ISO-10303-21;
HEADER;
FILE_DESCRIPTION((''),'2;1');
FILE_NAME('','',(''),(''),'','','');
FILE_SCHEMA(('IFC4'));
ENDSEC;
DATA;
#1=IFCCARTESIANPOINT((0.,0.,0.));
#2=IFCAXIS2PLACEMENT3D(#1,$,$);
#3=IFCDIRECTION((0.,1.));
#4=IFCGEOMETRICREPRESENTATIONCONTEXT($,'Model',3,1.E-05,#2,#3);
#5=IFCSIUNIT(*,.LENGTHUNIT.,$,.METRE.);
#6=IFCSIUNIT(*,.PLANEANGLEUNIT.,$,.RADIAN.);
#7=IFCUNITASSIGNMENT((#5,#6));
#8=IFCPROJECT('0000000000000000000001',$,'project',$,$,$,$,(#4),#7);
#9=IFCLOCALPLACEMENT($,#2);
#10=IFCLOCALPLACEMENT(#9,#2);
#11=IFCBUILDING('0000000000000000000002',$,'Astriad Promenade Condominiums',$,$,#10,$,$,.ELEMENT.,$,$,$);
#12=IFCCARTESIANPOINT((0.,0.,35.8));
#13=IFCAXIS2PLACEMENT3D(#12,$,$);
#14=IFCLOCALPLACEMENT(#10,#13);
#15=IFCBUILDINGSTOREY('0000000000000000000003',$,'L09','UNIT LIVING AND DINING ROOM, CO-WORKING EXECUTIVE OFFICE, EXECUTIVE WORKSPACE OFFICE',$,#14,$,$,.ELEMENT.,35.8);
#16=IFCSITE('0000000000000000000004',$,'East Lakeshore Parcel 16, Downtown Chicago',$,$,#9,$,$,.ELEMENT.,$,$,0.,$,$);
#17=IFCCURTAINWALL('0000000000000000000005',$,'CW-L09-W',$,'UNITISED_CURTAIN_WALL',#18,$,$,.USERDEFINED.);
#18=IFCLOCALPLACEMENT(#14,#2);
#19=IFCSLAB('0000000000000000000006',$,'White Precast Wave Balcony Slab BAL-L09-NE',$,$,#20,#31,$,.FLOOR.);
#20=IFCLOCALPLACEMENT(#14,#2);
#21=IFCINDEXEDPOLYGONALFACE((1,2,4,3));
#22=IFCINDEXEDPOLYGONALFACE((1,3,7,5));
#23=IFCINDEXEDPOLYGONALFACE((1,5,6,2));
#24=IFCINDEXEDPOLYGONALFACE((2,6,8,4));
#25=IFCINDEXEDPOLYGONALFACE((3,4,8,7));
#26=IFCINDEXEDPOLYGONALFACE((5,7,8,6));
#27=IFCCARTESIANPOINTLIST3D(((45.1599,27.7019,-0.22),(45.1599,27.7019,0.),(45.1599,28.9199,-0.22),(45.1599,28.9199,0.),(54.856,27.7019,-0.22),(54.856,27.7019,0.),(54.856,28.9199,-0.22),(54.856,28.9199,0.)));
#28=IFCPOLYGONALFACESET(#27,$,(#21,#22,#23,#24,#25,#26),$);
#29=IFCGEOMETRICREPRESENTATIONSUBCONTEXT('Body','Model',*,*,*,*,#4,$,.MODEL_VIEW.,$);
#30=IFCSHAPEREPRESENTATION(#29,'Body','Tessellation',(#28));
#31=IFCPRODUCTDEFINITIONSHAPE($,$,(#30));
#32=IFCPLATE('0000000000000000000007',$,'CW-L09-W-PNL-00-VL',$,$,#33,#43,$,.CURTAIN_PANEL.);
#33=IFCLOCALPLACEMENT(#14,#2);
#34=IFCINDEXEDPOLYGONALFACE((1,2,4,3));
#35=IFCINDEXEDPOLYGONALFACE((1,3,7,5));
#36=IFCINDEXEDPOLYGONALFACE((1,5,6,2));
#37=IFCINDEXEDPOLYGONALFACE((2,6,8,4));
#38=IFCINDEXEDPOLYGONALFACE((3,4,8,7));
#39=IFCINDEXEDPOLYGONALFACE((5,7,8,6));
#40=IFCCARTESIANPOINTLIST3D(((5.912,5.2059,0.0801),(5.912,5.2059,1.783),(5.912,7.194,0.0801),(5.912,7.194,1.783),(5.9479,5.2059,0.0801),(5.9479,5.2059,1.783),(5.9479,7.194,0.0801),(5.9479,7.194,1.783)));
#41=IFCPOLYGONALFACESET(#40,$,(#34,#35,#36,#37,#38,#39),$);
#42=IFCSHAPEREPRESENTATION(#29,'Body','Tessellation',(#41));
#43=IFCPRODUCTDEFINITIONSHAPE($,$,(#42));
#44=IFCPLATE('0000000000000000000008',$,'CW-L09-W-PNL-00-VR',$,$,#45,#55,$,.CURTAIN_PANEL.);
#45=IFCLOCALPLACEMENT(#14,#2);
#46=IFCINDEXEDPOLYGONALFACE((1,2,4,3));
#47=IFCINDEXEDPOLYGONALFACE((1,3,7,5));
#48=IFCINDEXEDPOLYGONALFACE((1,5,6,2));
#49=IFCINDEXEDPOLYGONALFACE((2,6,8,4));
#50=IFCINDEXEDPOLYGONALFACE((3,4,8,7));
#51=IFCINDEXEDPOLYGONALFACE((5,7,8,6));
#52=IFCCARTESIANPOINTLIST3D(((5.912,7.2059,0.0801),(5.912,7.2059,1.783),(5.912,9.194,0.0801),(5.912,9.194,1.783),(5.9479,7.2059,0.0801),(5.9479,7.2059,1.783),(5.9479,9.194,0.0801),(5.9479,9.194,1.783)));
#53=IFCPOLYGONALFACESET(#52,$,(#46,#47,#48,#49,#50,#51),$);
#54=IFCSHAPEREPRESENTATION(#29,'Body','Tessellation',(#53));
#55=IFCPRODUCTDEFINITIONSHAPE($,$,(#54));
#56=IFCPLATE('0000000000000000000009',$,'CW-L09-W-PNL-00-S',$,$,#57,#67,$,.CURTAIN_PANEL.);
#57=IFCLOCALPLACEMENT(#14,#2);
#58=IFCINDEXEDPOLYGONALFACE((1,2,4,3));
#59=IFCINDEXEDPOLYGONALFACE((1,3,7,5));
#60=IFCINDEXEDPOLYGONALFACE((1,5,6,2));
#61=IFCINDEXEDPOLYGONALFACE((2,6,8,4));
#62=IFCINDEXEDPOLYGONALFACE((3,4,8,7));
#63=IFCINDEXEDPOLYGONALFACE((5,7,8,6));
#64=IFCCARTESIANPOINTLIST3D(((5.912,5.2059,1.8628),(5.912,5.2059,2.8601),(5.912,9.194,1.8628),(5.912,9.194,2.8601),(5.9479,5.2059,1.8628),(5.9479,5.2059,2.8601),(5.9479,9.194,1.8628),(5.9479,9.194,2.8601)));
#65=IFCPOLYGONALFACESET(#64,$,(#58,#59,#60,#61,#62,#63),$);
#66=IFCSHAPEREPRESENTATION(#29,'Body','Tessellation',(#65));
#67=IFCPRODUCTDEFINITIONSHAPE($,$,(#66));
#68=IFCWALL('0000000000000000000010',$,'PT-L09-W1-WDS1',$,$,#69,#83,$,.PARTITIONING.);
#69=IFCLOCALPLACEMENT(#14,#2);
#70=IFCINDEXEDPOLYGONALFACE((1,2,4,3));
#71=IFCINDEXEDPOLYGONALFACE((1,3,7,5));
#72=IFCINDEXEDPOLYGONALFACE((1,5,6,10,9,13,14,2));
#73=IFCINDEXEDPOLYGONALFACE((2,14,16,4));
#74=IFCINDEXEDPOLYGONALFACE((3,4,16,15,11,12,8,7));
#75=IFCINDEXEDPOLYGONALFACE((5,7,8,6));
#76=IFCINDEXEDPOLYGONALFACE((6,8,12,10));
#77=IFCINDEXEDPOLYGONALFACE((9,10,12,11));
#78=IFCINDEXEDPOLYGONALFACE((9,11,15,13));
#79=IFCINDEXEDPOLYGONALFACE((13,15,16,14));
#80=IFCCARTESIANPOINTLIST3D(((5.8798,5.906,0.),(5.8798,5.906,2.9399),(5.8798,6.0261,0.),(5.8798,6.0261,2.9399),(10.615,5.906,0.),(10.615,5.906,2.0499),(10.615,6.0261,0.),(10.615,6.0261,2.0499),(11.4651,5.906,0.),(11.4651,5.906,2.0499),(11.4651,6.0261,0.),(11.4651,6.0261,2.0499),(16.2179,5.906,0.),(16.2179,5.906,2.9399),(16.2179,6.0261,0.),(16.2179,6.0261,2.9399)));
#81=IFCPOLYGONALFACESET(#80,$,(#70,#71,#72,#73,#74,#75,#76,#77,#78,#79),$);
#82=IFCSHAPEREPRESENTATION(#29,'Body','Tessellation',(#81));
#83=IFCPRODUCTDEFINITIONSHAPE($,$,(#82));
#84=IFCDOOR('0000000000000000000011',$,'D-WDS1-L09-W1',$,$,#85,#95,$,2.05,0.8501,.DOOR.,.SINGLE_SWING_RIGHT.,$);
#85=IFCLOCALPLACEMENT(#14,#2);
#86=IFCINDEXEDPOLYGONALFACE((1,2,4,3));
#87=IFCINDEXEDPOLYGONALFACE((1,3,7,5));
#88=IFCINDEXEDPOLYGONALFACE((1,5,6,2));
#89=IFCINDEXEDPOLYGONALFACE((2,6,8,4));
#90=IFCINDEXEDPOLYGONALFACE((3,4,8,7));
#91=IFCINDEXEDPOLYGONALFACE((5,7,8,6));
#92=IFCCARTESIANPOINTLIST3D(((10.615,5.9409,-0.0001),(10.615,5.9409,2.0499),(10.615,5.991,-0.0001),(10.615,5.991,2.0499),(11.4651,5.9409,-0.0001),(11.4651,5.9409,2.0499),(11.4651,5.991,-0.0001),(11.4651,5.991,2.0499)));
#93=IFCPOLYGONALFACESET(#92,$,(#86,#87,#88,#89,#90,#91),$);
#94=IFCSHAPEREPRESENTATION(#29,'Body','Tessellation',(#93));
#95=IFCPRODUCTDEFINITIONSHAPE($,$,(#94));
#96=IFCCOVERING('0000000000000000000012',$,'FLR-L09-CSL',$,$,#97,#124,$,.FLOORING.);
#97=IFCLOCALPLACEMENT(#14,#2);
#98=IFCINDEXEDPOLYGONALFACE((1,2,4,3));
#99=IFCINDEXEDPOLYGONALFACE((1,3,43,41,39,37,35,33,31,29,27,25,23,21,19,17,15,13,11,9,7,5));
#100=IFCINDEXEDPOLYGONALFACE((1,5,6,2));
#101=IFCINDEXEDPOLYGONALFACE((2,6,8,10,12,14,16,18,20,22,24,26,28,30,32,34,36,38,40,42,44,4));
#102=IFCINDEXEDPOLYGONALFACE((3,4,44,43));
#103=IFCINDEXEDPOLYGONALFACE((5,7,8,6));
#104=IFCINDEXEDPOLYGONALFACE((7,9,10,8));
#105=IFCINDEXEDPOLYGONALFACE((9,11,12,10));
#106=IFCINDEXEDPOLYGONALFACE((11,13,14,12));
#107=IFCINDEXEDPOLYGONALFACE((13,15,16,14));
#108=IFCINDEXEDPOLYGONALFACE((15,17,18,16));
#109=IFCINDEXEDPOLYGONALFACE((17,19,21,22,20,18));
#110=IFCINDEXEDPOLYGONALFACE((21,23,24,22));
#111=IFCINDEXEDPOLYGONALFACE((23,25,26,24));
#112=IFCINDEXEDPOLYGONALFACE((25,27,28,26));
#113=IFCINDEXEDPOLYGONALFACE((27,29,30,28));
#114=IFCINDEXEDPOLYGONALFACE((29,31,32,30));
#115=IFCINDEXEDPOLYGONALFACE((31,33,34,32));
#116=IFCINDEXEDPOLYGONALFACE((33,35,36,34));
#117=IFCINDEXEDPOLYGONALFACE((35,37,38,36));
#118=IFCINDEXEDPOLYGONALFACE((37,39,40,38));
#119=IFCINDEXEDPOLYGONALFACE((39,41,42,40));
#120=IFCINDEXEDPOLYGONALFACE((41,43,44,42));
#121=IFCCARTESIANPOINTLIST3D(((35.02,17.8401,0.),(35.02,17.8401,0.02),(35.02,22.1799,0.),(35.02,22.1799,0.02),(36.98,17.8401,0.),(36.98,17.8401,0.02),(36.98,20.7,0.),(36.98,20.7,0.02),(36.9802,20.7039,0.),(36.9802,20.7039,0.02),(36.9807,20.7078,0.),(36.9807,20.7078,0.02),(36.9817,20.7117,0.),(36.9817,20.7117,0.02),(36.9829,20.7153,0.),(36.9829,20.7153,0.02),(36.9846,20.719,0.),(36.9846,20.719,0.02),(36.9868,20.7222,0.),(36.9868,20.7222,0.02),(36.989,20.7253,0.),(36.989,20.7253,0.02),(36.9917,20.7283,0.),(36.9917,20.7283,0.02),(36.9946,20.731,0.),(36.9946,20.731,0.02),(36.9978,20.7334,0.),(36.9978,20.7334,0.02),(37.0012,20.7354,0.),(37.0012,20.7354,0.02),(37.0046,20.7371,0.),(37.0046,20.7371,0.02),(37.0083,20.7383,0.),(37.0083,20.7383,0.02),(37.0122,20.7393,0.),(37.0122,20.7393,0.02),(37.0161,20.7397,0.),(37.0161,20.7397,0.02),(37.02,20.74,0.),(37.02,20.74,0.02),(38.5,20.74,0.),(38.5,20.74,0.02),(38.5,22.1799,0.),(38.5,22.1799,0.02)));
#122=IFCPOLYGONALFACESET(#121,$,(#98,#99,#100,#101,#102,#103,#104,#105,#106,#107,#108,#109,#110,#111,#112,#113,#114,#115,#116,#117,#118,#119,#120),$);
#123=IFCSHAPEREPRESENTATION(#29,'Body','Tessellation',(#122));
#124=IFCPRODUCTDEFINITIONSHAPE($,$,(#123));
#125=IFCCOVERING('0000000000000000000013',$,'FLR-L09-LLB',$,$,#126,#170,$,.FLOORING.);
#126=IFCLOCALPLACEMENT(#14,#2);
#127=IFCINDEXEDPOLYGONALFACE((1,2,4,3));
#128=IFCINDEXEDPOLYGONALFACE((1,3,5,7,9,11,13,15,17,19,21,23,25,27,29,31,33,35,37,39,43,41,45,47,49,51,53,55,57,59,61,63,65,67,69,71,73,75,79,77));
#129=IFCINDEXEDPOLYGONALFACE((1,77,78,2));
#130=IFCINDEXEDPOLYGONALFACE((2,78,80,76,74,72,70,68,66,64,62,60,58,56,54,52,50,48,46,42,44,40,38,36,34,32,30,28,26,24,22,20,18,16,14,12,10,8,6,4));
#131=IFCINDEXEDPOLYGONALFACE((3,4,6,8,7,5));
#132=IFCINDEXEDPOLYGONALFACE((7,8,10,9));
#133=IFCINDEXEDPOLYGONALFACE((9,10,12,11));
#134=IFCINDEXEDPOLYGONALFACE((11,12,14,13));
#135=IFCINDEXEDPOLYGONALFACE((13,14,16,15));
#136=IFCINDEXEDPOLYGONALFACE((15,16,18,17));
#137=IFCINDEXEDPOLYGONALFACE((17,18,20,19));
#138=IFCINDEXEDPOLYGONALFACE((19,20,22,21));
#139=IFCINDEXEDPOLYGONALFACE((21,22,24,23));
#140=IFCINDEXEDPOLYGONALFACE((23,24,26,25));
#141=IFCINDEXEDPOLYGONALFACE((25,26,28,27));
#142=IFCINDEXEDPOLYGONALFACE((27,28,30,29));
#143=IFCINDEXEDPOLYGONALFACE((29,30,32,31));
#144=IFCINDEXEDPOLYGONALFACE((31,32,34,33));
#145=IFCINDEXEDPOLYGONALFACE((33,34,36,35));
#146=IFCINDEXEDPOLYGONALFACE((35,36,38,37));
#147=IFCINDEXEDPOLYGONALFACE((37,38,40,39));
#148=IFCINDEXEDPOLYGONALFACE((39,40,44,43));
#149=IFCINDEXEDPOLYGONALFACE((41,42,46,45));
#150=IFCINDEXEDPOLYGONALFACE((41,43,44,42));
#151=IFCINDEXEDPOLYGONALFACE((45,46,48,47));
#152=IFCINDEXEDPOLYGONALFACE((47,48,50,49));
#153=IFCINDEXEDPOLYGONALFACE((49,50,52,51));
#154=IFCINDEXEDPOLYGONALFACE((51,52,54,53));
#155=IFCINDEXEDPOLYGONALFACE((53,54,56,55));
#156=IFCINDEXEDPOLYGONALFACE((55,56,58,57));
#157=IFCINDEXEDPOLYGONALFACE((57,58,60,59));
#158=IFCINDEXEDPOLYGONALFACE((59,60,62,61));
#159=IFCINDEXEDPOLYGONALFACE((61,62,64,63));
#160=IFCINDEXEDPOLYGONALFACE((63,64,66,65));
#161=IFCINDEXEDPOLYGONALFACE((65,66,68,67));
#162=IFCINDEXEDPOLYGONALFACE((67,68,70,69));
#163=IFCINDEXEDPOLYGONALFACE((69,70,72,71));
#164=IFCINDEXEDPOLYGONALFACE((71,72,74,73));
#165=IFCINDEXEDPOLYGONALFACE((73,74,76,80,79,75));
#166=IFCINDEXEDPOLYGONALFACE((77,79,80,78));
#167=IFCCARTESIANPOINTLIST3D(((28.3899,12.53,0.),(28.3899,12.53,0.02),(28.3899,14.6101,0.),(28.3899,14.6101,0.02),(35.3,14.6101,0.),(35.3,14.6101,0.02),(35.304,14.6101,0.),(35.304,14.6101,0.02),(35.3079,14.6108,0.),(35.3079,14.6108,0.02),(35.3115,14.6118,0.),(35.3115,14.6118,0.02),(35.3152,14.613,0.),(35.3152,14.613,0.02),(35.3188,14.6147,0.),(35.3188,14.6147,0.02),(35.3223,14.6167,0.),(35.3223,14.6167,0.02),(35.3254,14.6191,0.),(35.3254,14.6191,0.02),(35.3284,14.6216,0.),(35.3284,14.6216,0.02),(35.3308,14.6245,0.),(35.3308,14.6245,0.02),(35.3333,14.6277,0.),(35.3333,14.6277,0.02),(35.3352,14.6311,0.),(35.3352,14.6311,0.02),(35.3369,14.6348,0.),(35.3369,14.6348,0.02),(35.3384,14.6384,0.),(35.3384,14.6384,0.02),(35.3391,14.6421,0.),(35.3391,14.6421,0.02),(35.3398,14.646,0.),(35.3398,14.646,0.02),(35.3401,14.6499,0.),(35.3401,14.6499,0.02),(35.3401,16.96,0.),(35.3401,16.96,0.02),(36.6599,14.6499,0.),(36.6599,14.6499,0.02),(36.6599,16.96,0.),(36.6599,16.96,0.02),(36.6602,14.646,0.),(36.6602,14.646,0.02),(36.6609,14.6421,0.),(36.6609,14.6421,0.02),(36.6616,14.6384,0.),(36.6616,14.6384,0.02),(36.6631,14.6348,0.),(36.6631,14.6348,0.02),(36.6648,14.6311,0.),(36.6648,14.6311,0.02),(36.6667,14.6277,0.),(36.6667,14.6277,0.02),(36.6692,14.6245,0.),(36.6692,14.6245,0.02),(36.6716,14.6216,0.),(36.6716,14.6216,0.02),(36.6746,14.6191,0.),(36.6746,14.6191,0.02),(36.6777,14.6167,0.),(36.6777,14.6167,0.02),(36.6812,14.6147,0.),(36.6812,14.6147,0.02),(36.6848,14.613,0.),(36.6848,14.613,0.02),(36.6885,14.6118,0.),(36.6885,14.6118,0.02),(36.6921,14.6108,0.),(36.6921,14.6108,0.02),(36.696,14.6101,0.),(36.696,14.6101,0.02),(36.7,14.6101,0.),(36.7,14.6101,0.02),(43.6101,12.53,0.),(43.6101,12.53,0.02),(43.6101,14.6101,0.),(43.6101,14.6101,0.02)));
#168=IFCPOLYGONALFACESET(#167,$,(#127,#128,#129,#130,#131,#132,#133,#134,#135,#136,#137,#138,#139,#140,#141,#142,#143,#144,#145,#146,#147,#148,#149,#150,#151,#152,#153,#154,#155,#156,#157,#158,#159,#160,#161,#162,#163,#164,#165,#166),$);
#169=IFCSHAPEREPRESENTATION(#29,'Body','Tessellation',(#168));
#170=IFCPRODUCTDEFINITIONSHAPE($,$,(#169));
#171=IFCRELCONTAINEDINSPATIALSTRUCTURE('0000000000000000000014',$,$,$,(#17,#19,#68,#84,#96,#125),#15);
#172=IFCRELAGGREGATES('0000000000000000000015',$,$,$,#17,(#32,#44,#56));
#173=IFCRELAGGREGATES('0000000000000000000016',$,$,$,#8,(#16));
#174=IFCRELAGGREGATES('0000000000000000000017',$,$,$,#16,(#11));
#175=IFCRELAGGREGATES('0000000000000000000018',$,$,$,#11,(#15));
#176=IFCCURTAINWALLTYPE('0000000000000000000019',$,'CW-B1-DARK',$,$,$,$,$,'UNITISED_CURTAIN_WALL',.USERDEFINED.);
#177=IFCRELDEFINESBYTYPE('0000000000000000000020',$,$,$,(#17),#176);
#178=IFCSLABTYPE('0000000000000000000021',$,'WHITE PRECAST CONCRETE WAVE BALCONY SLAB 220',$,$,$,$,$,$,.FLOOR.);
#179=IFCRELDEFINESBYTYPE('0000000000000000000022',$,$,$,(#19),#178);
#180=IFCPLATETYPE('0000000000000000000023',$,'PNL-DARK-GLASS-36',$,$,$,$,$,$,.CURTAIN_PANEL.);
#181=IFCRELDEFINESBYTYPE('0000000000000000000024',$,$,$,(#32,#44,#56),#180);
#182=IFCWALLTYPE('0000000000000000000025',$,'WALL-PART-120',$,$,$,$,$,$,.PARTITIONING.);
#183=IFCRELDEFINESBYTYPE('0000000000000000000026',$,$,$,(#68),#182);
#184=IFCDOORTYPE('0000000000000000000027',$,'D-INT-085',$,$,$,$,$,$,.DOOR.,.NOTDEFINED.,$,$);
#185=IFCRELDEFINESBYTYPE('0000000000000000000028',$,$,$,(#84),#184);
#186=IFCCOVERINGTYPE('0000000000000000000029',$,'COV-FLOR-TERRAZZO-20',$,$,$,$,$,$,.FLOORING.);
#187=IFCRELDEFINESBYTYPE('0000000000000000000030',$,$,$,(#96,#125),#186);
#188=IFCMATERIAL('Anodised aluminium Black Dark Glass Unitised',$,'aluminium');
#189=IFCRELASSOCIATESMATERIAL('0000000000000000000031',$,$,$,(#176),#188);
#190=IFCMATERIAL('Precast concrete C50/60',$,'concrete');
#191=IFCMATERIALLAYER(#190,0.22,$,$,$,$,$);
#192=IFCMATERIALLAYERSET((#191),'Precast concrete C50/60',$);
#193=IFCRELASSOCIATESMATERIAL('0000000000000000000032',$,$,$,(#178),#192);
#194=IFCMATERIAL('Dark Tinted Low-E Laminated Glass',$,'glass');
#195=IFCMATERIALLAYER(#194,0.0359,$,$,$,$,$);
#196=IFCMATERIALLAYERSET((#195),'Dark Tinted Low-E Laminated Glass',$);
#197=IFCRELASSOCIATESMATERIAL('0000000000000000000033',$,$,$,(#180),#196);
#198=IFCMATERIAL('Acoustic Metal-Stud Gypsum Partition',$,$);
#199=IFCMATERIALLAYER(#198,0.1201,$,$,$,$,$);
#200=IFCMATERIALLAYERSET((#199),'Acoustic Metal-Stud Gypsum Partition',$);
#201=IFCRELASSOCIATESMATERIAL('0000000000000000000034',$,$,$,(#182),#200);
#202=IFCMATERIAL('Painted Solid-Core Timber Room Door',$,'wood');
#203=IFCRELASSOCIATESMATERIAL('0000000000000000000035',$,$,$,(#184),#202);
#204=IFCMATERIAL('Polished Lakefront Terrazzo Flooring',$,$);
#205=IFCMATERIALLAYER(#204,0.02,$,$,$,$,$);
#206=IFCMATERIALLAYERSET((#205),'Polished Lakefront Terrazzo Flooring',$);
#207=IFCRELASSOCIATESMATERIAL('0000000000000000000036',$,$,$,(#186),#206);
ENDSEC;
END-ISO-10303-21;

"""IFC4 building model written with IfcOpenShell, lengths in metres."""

from ifc_helpers import new_model, si_unit, direction, frame, frame_2d, origin, origin_2d, place, context, subcontext, project, spatial, polyline, rectangle, outline, extrude, source, transform, mapped, material, layer, layer_set, type_object, type_shapes, element, fill, aggregate, save


model = new_model("IFC4")

# Units and contexts
model_context = context("Model", 3, precision=1e-05, world=origin(), true_north=direction((0.0, 1.0)))
body_context = subcontext(model_context, "Body", "Model", "MODEL_VIEW")
ifc_project = project(units=[si_unit("LENGTHUNIT", "METRE"), si_unit("PLANEANGLEUNIT", "RADIAN")], contexts=[model_context])

# Site, building, storey
site_placement = place(None, origin())
site = spatial("IfcSite", under=ifc_project, at=site_placement, Name="East Lakeshore Parcel 16, Downtown Chicago", CompositionType="ELEMENT", RefElevation=0.0)
building_placement = place(site_placement, origin())
building = spatial("IfcBuilding", under=site, at=building_placement, Name="Astriad Promenade Condominiums", CompositionType="ELEMENT")
storey_placement = place(building_placement, frame((0.0, 0.0, 35.8)))
storey = spatial("IfcBuildingStorey", under=building, at=storey_placement, Name="L09", Description="UNIT LIVING AND DINING ROOM, CO-WORKING EXECUTIVE OFFICE, EXECUTIVE WORKSPACE OFFICE", CompositionType="ELEMENT", Elevation=35.8)

# Curtain wall
ifc_material_1 = material(Name="Anodised aluminium Black Dark Glass Unitised", Category="aluminium")
curtain_wall_type = type_object("IfcCurtainWallType", Name="CW-B1-DARK", ElementType="UNITISED_CURTAIN_WALL", PredefinedType="USERDEFINED", material=ifc_material_1)
curtain_wall_placement = place(storey_placement, origin())
curtain_wall = element("IfcCurtainWall", 1, at=curtain_wall_placement, inside=storey, type_object=curtain_wall_type, Name="CW-L09-W", ObjectType="UNITISED_CURTAIN_WALL", PredefinedType="USERDEFINED")

# Slab
ifc_material_2 = material(Name="Precast concrete C50/60", Category="concrete")
ifc_layer_1 = layer(ifc_material_2, 0.22)
ifc_layer_set_1 = layer_set([ifc_layer_1], Name="Precast concrete C50/60")
slab_type_1 = type_object("IfcSlabType", Name="WHITE PRECAST CONCRETE WAVE BALCONY SLAB 220", PredefinedType="FLOOR", material=ifc_layer_set_1)
slab_1_placement = place(storey_placement, frame((0.0, 0.0, -0.22)))
element("IfcSlab", 2, at=slab_1_placement, inside=storey, type_object=slab_type_1, Name="White Precast Wave Balcony Slab BAL-L09-NE", PredefinedType="FLOOR", context=body_context, shape_type="SweptSolid", body=[
    extrude(outline(polyline([(45.1599, 28.9199), (54.856, 28.9199), (54.856, 27.7019), (45.1599, 27.7019), (45.1599, 28.9199)])), origin(), (0.0, 0.0, 1.0), 0.22),
])

# Plates
ifc_material_3 = material(Name="Dark Tinted Low-E Laminated Glass", Category="glass")
ifc_layer_2 = layer(ifc_material_3, 0.0359)
ifc_layer_set_2 = layer_set([ifc_layer_2], Name="Dark Tinted Low-E Laminated Glass")
plate_type = type_object("IfcPlateType", Name="PNL-DARK-GLASS-36", PredefinedType="CURTAIN_PANEL", material=ifc_layer_set_2)
shared_shape_1 = source(origin(), body_context, "Body", "SweptSolid", [
    extrude(rectangle(XDim=1.988, YDim=0.0359, at=origin_2d()), origin(), (0.0, 0.0, 1.0), 1.7029),
])
plate_1_placement = place(storey_placement, frame((5.9299, 6.2, 0.0801), z_axis=(0.0, 0.0, 1.0), x_axis=(0.0, 1.0, 0.0)))
plate_1 = element("IfcPlate", 3, at=plate_1_placement, type_object=plate_type, Name="CW-L09-W-PNL-00-VL", PredefinedType="CURTAIN_PANEL", context=body_context, shape_type="MappedRepresentation", body=[
    mapped(shared_shape_1, transform((0.0, 0.0, 0.0), scale=1.0)),
])
plate_2_placement = place(storey_placement, frame((5.9299, 8.2, 0.0801), z_axis=(0.0, 0.0, 1.0), x_axis=(0.0, 1.0, 0.0)))
plate_2 = element("IfcPlate", 4, at=plate_2_placement, type_object=plate_type, Name="CW-L09-W-PNL-00-VR", PredefinedType="CURTAIN_PANEL", context=body_context, shape_type="MappedRepresentation", body=[
    mapped(shared_shape_1, transform((0.0, 0.0, 0.0), scale=1.0)),
])
shared_shape_2 = source(origin(), body_context, "Body", "SweptSolid", [
    extrude(rectangle(XDim=3.988, YDim=0.0359, at=origin_2d()), origin(), (0.0, 0.0, 1.0), 0.9973),
])
type_shapes(plate_type, [shared_shape_1, shared_shape_2])
plate_3_placement = place(storey_placement, frame((5.9299, 7.2, 1.8628), z_axis=(0.0, 0.0, 1.0), x_axis=(0.0, 1.0, 0.0)))
plate_3 = element("IfcPlate", 5, at=plate_3_placement, type_object=plate_type, Name="CW-L09-W-PNL-00-S", PredefinedType="CURTAIN_PANEL", context=body_context, shape_type="MappedRepresentation", body=[
    mapped(shared_shape_2, transform((0.0, 0.0, 0.0), scale=1.0)),
])
aggregate(curtain_wall, [plate_1, plate_2, plate_3])

# Wall, opening, door
ifc_material_4 = material(Name="Acoustic Metal-Stud Gypsum Partition")
ifc_layer_3 = layer(ifc_material_4, 0.1201)
ifc_layer_set_3 = layer_set([ifc_layer_3], Name="Acoustic Metal-Stud Gypsum Partition")
wall_type = type_object("IfcWallType", Name="WALL-PART-120", PredefinedType="PARTITIONING", material=ifc_layer_set_3)
wall_placement = place(storey_placement, frame((5.8799, 5.9661, 0.0), z_axis=(0.0, 0.0, 1.0), x_axis=(1.0, 0.0, 0.0)))
wall = element("IfcWall", 6, at=wall_placement, inside=storey, type_object=wall_type, Name="PT-L09-W1-WDS1", PredefinedType="PARTITIONING", context=body_context, shape_type="SweptSolid", body=[
    extrude(rectangle(XDim=10.3381, YDim=0.1201, at=frame_2d((5.1689, 0.0))), origin(), (0.0, 0.0, 1.0), 2.9399),
])
opening_placement = place(wall_placement, frame((4.7351, 0.0, 0.0)))
opening = element("IfcOpeningElement", 7, at=opening_placement, cuts=wall, PredefinedType="OPENING", context=body_context, shape_type="SweptSolid", body=[
    extrude(rectangle(XDim=0.8501, YDim=2.05, at=frame_2d((0.425, 1.0249))), frame((0.0, 0.0701, 0.0), z_axis=(0.0, -1.0, 0.0), x_axis=(1.0, 0.0, 0.0)), (0.0, 0.0, 1.0), 0.1401),
])
ifc_material_5 = material(Name="Painted Solid-Core Timber Room Door", Category="wood")
door_type = type_object("IfcDoorType", Name="D-INT-085", OperationType="NOTDEFINED", PredefinedType="DOOR", material=ifc_material_5)
shared_shape_3 = source(origin(), body_context, "Body", "SweptSolid", [
    extrude(rectangle(XDim=0.8501, YDim=2.05, at=frame_2d((0.425, 1.0249))), frame((0.0, 0.0249, 0.0), z_axis=(0.0, -1.0, 0.0), x_axis=(1.0, 0.0, 0.0)), (0.0, 0.0, 1.0), 0.05),
])
type_shapes(door_type, [shared_shape_3])
door_placement = place(opening_placement, origin())
door = element("IfcDoor", 8, at=door_placement, inside=storey, type_object=door_type, Name="D-WDS1-L09-W1", OperationType="SINGLE_SWING_RIGHT", OverallHeight=2.05, OverallWidth=0.8501, PredefinedType="DOOR", context=body_context, shape_type="MappedRepresentation", body=[
    mapped(shared_shape_3, transform((0.0, 0.0, 0.0), scale=1.0)),
])
fill(opening, door)

# Coverings
ifc_material_6 = material(Name="Polished Lakefront Terrazzo Flooring")
ifc_layer_4 = layer(ifc_material_6, 0.02)
ifc_layer_set_4 = layer_set([ifc_layer_4], Name="Polished Lakefront Terrazzo Flooring")
covering_type = type_object("IfcCoveringType", Name="COV-FLOR-TERRAZZO-20", PredefinedType="FLOORING", material=ifc_layer_set_4)
covering_1_placement = place(storey_placement, origin())
element("IfcCovering", 9, at=covering_1_placement, inside=storey, type_object=covering_type, Name="FLR-L09-CSL", PredefinedType="FLOORING", context=body_context, shape_type="SweptSolid", body=[
    extrude(outline(polyline([(36.98, 20.7), (36.98, 17.8401), (35.02, 17.8401), (35.02, 22.1799), (38.5, 22.1799), (38.5, 20.74), (37.02, 20.74), (37.0161, 20.7397), (37.0122, 20.7393), (37.0083, 20.7383), (37.0046, 20.7371), (37.0012, 20.7354), (36.9978, 20.7334), (36.9946, 20.731), (36.9917, 20.7283), (36.989, 20.7253), (36.9868, 20.7222), (36.9846, 20.719), (36.9829, 20.7153), (36.9817, 20.7117), (36.9807, 20.7078), (36.9802, 20.7039), (36.98, 20.7)])), origin(), (0.0, 0.0, 1.0), 0.02),
])
covering_2_placement = place(storey_placement, origin())
element("IfcCovering", 10, at=covering_2_placement, inside=storey, type_object=covering_type, Name="FLR-L09-LLB", PredefinedType="FLOORING", context=body_context, shape_type="SweptSolid", body=[
    extrude(outline(polyline([(43.6101, 14.6101), (43.6101, 12.53), (28.3899, 12.53), (28.3899, 14.6101), (35.3, 14.6101), (35.304, 14.6101), (35.3079, 14.6108), (35.3115, 14.6118), (35.3152, 14.613), (35.3188, 14.6147), (35.3223, 14.6167), (35.3254, 14.6191), (35.3284, 14.6216), (35.3308, 14.6245), (35.3333, 14.6277), (35.3352, 14.6311), (35.3369, 14.6348), (35.3384, 14.6384), (35.3391, 14.6421), (35.3398, 14.646), (35.3401, 14.6499), (35.3401, 16.96), (36.6599, 16.96), (36.6599, 14.6499), (36.6602, 14.646), (36.6609, 14.6421), (36.6616, 14.6384), (36.6631, 14.6348), (36.6648, 14.6311), (36.6667, 14.6277), (36.6692, 14.6245), (36.6716, 14.6216), (36.6746, 14.6191), (36.6777, 14.6167), (36.6812, 14.6147), (36.6848, 14.613), (36.6885, 14.6118), (36.6921, 14.6108), (36.696, 14.6101), (36.7, 14.6101), (43.6101, 14.6101)])), origin(), (0.0, 0.0, 1.0), 0.02),
])

save(model, "model.ifc")
